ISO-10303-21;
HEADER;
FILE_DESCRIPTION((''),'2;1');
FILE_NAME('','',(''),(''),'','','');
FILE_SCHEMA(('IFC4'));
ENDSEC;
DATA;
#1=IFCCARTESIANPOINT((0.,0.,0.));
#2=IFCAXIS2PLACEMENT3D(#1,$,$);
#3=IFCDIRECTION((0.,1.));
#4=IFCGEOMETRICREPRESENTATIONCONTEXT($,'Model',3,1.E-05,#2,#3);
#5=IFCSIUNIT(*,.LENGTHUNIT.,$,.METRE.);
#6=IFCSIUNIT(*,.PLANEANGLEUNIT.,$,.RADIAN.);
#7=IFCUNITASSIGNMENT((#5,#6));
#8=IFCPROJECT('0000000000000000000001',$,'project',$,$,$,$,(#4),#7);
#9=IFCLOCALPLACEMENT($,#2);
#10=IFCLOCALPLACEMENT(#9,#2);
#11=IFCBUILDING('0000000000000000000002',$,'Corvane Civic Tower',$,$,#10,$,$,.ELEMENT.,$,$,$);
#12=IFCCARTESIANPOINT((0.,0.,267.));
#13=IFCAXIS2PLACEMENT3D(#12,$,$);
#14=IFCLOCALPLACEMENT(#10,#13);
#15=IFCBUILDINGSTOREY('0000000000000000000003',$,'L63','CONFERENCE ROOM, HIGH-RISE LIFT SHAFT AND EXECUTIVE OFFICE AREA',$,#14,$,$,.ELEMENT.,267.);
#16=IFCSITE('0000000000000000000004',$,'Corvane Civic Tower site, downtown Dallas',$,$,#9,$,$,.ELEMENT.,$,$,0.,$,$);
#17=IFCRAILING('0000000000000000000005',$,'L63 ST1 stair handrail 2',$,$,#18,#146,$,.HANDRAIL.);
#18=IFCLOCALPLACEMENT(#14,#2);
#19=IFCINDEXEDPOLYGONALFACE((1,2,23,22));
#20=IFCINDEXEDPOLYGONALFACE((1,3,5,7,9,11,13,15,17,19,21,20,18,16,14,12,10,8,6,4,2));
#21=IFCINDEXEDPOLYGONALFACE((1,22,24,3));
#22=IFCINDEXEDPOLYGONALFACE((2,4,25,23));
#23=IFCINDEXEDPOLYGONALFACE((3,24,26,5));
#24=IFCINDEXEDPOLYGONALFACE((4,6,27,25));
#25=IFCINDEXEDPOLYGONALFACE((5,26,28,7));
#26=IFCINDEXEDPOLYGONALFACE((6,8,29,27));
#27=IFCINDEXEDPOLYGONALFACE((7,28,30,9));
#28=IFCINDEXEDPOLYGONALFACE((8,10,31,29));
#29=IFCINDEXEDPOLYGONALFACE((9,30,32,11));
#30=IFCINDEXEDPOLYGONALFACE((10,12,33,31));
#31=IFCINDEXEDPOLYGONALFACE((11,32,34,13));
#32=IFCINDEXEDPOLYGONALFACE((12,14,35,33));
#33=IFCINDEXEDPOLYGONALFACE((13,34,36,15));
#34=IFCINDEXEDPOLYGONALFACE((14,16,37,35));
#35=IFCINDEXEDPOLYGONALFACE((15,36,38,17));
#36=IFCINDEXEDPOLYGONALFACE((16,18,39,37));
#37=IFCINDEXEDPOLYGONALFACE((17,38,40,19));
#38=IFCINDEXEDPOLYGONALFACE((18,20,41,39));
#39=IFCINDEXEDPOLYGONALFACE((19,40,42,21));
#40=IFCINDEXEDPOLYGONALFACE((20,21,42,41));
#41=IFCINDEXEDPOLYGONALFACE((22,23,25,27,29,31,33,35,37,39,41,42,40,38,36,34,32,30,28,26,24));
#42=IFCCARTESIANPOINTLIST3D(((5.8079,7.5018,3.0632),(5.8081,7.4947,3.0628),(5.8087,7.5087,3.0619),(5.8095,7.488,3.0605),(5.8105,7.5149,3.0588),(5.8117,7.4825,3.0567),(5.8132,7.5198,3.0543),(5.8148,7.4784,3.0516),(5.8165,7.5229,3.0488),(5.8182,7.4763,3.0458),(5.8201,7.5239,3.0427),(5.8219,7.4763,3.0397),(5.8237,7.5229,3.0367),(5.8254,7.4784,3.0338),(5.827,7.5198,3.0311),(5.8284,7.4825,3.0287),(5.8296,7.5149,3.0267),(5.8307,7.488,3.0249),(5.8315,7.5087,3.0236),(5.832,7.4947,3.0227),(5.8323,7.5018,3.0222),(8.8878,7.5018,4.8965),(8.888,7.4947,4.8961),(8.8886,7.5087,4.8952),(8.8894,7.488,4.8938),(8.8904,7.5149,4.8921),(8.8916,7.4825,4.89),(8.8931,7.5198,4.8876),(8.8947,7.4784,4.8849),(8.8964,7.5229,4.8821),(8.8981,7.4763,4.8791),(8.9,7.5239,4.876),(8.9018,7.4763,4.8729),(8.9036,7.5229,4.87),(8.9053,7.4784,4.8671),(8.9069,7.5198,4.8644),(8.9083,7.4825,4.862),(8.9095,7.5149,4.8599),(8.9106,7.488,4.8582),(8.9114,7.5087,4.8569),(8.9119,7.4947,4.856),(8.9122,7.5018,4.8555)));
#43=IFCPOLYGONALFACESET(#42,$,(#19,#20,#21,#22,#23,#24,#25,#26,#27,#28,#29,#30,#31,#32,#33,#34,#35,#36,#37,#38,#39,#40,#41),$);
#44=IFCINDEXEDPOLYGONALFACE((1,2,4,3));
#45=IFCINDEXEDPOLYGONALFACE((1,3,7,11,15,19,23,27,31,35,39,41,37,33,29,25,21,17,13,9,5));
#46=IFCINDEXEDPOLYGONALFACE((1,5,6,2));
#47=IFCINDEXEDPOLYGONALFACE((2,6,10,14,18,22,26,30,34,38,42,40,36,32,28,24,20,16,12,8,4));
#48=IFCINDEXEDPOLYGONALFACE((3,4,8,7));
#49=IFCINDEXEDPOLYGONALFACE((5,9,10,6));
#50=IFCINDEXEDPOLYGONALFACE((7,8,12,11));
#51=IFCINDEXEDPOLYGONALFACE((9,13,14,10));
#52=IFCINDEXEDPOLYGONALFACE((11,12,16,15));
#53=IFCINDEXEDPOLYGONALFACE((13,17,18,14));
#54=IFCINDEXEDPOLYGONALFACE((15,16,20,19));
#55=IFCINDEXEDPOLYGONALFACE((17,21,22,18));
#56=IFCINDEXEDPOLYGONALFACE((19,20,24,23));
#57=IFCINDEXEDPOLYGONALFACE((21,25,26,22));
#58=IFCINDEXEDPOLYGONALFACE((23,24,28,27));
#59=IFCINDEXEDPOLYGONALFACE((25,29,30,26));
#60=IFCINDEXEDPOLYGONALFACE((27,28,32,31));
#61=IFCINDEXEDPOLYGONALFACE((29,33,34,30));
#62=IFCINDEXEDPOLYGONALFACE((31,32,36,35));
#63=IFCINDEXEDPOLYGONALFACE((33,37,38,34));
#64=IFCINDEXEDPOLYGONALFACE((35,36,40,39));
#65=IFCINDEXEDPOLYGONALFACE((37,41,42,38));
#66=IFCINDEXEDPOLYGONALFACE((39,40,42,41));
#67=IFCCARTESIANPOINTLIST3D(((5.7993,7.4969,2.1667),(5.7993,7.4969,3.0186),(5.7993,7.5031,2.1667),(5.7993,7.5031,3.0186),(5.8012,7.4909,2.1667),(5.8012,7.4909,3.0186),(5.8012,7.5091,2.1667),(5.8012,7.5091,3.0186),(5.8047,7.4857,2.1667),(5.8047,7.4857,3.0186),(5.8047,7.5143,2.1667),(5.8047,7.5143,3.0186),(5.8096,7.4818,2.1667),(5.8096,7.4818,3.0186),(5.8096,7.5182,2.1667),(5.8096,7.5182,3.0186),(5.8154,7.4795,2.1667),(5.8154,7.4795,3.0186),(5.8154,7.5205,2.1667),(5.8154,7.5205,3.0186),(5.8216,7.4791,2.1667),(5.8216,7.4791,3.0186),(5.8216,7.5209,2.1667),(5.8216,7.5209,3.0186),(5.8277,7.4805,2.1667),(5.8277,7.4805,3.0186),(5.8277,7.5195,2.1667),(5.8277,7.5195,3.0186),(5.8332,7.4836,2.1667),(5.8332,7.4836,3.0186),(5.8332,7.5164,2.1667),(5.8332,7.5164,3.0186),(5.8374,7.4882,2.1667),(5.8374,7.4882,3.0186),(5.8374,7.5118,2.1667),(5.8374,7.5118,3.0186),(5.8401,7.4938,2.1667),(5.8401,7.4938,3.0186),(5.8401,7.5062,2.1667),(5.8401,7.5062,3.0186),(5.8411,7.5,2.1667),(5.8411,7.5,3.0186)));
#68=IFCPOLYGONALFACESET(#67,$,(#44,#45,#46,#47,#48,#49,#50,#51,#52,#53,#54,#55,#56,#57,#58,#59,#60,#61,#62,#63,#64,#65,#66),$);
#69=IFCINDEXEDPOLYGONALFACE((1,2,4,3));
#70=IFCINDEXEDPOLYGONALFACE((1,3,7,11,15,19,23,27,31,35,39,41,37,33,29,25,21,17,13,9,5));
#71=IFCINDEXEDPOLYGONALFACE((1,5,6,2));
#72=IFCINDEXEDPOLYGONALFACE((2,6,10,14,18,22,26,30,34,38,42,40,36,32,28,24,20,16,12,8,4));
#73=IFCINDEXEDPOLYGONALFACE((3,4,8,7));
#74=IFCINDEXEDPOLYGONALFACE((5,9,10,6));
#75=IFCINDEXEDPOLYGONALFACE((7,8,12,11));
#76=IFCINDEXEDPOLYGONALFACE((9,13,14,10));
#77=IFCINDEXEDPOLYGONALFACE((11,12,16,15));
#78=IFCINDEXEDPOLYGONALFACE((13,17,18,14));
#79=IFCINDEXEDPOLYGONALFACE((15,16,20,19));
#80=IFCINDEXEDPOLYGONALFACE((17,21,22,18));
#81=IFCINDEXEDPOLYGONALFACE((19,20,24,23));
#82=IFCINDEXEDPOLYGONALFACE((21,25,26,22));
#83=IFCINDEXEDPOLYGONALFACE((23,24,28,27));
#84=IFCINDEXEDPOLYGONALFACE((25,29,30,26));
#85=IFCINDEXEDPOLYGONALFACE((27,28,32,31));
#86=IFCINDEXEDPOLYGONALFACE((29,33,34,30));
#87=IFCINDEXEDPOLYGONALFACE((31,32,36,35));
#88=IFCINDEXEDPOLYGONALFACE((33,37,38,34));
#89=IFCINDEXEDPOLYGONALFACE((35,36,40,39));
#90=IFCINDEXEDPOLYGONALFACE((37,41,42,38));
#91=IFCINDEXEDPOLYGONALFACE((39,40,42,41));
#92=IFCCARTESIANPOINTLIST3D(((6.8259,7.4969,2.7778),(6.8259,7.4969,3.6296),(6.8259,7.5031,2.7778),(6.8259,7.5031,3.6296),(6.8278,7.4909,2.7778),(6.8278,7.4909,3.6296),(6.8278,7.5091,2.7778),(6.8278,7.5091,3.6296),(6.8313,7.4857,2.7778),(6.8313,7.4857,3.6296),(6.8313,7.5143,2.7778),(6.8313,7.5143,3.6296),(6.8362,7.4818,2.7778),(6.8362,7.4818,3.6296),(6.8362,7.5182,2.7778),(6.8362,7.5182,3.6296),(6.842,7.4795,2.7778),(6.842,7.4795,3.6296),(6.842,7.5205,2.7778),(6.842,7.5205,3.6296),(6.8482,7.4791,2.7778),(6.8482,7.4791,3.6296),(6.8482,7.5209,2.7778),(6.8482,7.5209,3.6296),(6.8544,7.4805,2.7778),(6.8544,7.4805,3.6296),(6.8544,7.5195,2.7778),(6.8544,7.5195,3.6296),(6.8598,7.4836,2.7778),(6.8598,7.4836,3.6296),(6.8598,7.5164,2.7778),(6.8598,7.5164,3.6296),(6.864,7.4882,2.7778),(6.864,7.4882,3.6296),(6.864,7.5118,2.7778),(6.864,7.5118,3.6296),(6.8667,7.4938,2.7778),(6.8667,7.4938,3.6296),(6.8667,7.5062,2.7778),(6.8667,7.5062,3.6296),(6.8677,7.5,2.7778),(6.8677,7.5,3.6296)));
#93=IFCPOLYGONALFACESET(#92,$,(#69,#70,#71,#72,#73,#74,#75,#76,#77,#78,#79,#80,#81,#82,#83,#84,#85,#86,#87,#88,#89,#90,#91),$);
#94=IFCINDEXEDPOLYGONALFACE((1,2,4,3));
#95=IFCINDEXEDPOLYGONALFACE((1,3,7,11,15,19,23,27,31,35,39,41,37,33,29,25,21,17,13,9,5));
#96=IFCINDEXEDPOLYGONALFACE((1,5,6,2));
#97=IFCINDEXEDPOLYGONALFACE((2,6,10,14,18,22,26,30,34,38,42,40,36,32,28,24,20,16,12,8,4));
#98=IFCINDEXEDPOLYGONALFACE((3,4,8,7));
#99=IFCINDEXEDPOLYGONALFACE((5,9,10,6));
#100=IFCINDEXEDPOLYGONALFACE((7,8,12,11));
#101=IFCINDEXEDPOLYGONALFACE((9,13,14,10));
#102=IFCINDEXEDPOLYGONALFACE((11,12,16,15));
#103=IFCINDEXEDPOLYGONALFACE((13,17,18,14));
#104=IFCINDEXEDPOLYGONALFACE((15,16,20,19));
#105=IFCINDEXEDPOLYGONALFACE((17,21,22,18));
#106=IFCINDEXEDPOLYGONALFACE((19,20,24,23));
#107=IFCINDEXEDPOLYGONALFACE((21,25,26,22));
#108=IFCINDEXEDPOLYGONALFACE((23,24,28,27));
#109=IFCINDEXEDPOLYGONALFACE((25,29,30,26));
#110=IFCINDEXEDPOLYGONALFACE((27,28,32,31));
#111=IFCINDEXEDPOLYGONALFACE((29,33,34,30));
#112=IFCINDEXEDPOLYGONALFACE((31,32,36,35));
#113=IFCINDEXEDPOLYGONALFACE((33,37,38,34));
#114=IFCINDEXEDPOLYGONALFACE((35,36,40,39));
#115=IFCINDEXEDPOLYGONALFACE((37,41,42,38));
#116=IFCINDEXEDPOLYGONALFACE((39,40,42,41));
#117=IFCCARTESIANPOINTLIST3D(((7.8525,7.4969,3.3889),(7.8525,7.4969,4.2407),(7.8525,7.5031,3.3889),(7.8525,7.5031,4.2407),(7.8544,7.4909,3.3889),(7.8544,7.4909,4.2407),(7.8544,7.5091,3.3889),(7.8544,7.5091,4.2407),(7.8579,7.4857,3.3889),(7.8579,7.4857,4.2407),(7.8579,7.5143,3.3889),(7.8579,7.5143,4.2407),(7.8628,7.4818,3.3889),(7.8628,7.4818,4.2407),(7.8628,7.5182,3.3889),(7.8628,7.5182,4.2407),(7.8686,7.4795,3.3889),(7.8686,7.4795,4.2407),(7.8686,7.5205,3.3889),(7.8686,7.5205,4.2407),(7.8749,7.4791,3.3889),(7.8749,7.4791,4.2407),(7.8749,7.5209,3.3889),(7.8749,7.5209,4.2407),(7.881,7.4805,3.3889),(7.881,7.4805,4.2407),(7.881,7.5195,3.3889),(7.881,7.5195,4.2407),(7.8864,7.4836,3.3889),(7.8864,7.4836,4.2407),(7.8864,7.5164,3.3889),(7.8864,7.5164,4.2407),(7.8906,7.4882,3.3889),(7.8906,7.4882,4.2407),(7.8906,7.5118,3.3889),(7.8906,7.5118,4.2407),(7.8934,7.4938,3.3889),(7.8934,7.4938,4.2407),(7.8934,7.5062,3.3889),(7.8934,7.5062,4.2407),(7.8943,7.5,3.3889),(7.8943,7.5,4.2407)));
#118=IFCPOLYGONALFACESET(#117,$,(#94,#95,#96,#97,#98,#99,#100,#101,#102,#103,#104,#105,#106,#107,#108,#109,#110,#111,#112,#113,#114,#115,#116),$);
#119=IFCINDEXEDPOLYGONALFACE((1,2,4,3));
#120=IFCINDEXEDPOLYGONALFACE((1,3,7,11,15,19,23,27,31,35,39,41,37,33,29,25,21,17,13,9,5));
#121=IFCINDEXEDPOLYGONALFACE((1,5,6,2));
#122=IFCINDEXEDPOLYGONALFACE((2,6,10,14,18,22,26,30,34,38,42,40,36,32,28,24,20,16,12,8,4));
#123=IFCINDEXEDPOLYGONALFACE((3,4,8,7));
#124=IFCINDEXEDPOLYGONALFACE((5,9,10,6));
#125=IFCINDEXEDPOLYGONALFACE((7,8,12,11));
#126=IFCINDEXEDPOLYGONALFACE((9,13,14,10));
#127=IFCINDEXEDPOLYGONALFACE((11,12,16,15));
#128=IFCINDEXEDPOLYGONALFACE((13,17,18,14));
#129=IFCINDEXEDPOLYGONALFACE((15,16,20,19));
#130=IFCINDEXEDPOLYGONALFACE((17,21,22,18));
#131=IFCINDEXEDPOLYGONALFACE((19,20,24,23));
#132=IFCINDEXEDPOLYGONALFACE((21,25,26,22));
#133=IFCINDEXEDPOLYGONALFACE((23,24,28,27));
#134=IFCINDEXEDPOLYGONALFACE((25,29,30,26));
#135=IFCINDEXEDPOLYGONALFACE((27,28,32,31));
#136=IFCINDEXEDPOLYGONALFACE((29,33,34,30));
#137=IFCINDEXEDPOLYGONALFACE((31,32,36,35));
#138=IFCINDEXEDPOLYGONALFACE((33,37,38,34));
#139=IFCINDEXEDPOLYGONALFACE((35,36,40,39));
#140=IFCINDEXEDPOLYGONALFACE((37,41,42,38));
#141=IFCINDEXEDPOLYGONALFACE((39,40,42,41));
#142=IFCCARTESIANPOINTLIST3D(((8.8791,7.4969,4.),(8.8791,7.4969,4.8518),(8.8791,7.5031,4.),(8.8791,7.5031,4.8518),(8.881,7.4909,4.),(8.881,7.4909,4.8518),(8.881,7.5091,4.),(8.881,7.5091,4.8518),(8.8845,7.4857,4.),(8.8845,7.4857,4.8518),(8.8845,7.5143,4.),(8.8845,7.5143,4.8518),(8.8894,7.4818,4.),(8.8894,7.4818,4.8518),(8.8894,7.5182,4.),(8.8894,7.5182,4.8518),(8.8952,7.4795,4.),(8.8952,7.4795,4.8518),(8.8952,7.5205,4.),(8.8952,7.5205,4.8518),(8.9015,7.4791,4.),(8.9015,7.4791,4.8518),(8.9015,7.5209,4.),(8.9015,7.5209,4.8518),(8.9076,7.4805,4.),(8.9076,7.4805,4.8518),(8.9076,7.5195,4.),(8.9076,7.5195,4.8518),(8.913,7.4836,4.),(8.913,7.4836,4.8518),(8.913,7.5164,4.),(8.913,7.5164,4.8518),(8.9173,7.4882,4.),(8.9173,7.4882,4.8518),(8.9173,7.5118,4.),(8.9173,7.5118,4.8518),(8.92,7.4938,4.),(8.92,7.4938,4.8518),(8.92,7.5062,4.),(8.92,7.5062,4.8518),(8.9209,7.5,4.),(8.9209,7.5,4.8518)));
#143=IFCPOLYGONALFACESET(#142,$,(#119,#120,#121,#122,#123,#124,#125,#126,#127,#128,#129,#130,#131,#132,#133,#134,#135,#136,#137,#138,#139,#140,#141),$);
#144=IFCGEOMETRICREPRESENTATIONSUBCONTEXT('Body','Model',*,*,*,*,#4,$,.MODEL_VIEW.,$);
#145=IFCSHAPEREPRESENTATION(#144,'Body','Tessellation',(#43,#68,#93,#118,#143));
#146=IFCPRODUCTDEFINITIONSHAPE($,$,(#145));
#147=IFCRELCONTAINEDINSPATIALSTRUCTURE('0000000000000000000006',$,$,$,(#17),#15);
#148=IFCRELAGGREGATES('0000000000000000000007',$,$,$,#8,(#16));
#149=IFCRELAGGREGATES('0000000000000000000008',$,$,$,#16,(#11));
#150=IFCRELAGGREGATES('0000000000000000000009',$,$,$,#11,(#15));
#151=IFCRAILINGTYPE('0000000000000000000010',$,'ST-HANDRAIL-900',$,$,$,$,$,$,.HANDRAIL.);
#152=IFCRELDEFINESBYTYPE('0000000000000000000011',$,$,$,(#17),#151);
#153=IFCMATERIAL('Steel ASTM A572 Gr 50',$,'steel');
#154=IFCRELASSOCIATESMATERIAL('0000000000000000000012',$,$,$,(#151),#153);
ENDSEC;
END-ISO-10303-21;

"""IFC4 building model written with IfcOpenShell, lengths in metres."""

from ifc_helpers import new_model, si_unit, direction, frame, origin, origin_2d, place, context, subcontext, project, spatial, circle, extrude, material, type_object, element, save


model = new_model("IFC4")

# Units and contexts
model_context = context("Model", 3, precision=1e-05, world=origin(), true_north=direction((0.0, 1.0)))
body_context = subcontext(model_context, "Body", "Model", "MODEL_VIEW")
ifc_project = project(units=[si_unit("LENGTHUNIT", "METRE"), si_unit("PLANEANGLEUNIT", "RADIAN")], contexts=[model_context])

# Site, building, storey
site_placement = place(None, origin())
site = spatial("IfcSite", under=ifc_project, at=site_placement, Name="Corvane Civic Tower site, downtown Dallas", CompositionType="ELEMENT", RefElevation=0.0)
building_placement = place(site_placement, origin())
building = spatial("IfcBuilding", under=site, at=building_placement, Name="Corvane Civic Tower", CompositionType="ELEMENT")
storey_placement = place(building_placement, frame((0.0, 0.0, 267.0)))
storey = spatial("IfcBuildingStorey", under=building, at=storey_placement, Name="L63", Description="CONFERENCE ROOM, HIGH-RISE LIFT SHAFT AND EXECUTIVE OFFICE AREA", CompositionType="ELEMENT", Elevation=267.0)

# Railing
ifc_material_1 = material(Name="Steel ASTM A572 Gr 50", Category="steel")
railing_type_1 = type_object("IfcRailingType", Name="ST-HANDRAIL-900", PredefinedType="HANDRAIL", material=ifc_material_1)
railing_1_placement = place(storey_placement, frame((5.8201, 7.5, 2.1667)))
element("IfcRailing", 1, at=railing_1_placement, inside=storey, type_object=railing_type_1, Name="L63 ST1 stair handrail 2", PredefinedType="HANDRAIL", context=body_context, shape_type="SweptSolid", body=[
    extrude(circle(Radius=0.0239, at=origin_2d()), frame((0.0, 0.0, 0.876), z_axis=(0.859291, 0.0, 0.511487), x_axis=(0.0, 1.0, 0.0)), (0.0, 0.0, 1.0), 3.5842),
    extrude(circle(Radius=0.021, at=origin_2d()), origin(), (0.0, 0.0, 1.0), 0.8518),
    extrude(circle(Radius=0.021, at=origin_2d()), frame((1.0266, 0.0, 0.6111)), (0.0, 0.0, 1.0), 0.8518),
    extrude(circle(Radius=0.021, at=origin_2d()), frame((2.0532, 0.0, 1.2222)), (0.0, 0.0, 1.0), 0.8518),
    extrude(circle(Radius=0.021, at=origin_2d()), frame((3.0798, 0.0, 1.8333)), (0.0, 0.0, 1.0), 0.8518),
])

save(model, "model.ifc")
